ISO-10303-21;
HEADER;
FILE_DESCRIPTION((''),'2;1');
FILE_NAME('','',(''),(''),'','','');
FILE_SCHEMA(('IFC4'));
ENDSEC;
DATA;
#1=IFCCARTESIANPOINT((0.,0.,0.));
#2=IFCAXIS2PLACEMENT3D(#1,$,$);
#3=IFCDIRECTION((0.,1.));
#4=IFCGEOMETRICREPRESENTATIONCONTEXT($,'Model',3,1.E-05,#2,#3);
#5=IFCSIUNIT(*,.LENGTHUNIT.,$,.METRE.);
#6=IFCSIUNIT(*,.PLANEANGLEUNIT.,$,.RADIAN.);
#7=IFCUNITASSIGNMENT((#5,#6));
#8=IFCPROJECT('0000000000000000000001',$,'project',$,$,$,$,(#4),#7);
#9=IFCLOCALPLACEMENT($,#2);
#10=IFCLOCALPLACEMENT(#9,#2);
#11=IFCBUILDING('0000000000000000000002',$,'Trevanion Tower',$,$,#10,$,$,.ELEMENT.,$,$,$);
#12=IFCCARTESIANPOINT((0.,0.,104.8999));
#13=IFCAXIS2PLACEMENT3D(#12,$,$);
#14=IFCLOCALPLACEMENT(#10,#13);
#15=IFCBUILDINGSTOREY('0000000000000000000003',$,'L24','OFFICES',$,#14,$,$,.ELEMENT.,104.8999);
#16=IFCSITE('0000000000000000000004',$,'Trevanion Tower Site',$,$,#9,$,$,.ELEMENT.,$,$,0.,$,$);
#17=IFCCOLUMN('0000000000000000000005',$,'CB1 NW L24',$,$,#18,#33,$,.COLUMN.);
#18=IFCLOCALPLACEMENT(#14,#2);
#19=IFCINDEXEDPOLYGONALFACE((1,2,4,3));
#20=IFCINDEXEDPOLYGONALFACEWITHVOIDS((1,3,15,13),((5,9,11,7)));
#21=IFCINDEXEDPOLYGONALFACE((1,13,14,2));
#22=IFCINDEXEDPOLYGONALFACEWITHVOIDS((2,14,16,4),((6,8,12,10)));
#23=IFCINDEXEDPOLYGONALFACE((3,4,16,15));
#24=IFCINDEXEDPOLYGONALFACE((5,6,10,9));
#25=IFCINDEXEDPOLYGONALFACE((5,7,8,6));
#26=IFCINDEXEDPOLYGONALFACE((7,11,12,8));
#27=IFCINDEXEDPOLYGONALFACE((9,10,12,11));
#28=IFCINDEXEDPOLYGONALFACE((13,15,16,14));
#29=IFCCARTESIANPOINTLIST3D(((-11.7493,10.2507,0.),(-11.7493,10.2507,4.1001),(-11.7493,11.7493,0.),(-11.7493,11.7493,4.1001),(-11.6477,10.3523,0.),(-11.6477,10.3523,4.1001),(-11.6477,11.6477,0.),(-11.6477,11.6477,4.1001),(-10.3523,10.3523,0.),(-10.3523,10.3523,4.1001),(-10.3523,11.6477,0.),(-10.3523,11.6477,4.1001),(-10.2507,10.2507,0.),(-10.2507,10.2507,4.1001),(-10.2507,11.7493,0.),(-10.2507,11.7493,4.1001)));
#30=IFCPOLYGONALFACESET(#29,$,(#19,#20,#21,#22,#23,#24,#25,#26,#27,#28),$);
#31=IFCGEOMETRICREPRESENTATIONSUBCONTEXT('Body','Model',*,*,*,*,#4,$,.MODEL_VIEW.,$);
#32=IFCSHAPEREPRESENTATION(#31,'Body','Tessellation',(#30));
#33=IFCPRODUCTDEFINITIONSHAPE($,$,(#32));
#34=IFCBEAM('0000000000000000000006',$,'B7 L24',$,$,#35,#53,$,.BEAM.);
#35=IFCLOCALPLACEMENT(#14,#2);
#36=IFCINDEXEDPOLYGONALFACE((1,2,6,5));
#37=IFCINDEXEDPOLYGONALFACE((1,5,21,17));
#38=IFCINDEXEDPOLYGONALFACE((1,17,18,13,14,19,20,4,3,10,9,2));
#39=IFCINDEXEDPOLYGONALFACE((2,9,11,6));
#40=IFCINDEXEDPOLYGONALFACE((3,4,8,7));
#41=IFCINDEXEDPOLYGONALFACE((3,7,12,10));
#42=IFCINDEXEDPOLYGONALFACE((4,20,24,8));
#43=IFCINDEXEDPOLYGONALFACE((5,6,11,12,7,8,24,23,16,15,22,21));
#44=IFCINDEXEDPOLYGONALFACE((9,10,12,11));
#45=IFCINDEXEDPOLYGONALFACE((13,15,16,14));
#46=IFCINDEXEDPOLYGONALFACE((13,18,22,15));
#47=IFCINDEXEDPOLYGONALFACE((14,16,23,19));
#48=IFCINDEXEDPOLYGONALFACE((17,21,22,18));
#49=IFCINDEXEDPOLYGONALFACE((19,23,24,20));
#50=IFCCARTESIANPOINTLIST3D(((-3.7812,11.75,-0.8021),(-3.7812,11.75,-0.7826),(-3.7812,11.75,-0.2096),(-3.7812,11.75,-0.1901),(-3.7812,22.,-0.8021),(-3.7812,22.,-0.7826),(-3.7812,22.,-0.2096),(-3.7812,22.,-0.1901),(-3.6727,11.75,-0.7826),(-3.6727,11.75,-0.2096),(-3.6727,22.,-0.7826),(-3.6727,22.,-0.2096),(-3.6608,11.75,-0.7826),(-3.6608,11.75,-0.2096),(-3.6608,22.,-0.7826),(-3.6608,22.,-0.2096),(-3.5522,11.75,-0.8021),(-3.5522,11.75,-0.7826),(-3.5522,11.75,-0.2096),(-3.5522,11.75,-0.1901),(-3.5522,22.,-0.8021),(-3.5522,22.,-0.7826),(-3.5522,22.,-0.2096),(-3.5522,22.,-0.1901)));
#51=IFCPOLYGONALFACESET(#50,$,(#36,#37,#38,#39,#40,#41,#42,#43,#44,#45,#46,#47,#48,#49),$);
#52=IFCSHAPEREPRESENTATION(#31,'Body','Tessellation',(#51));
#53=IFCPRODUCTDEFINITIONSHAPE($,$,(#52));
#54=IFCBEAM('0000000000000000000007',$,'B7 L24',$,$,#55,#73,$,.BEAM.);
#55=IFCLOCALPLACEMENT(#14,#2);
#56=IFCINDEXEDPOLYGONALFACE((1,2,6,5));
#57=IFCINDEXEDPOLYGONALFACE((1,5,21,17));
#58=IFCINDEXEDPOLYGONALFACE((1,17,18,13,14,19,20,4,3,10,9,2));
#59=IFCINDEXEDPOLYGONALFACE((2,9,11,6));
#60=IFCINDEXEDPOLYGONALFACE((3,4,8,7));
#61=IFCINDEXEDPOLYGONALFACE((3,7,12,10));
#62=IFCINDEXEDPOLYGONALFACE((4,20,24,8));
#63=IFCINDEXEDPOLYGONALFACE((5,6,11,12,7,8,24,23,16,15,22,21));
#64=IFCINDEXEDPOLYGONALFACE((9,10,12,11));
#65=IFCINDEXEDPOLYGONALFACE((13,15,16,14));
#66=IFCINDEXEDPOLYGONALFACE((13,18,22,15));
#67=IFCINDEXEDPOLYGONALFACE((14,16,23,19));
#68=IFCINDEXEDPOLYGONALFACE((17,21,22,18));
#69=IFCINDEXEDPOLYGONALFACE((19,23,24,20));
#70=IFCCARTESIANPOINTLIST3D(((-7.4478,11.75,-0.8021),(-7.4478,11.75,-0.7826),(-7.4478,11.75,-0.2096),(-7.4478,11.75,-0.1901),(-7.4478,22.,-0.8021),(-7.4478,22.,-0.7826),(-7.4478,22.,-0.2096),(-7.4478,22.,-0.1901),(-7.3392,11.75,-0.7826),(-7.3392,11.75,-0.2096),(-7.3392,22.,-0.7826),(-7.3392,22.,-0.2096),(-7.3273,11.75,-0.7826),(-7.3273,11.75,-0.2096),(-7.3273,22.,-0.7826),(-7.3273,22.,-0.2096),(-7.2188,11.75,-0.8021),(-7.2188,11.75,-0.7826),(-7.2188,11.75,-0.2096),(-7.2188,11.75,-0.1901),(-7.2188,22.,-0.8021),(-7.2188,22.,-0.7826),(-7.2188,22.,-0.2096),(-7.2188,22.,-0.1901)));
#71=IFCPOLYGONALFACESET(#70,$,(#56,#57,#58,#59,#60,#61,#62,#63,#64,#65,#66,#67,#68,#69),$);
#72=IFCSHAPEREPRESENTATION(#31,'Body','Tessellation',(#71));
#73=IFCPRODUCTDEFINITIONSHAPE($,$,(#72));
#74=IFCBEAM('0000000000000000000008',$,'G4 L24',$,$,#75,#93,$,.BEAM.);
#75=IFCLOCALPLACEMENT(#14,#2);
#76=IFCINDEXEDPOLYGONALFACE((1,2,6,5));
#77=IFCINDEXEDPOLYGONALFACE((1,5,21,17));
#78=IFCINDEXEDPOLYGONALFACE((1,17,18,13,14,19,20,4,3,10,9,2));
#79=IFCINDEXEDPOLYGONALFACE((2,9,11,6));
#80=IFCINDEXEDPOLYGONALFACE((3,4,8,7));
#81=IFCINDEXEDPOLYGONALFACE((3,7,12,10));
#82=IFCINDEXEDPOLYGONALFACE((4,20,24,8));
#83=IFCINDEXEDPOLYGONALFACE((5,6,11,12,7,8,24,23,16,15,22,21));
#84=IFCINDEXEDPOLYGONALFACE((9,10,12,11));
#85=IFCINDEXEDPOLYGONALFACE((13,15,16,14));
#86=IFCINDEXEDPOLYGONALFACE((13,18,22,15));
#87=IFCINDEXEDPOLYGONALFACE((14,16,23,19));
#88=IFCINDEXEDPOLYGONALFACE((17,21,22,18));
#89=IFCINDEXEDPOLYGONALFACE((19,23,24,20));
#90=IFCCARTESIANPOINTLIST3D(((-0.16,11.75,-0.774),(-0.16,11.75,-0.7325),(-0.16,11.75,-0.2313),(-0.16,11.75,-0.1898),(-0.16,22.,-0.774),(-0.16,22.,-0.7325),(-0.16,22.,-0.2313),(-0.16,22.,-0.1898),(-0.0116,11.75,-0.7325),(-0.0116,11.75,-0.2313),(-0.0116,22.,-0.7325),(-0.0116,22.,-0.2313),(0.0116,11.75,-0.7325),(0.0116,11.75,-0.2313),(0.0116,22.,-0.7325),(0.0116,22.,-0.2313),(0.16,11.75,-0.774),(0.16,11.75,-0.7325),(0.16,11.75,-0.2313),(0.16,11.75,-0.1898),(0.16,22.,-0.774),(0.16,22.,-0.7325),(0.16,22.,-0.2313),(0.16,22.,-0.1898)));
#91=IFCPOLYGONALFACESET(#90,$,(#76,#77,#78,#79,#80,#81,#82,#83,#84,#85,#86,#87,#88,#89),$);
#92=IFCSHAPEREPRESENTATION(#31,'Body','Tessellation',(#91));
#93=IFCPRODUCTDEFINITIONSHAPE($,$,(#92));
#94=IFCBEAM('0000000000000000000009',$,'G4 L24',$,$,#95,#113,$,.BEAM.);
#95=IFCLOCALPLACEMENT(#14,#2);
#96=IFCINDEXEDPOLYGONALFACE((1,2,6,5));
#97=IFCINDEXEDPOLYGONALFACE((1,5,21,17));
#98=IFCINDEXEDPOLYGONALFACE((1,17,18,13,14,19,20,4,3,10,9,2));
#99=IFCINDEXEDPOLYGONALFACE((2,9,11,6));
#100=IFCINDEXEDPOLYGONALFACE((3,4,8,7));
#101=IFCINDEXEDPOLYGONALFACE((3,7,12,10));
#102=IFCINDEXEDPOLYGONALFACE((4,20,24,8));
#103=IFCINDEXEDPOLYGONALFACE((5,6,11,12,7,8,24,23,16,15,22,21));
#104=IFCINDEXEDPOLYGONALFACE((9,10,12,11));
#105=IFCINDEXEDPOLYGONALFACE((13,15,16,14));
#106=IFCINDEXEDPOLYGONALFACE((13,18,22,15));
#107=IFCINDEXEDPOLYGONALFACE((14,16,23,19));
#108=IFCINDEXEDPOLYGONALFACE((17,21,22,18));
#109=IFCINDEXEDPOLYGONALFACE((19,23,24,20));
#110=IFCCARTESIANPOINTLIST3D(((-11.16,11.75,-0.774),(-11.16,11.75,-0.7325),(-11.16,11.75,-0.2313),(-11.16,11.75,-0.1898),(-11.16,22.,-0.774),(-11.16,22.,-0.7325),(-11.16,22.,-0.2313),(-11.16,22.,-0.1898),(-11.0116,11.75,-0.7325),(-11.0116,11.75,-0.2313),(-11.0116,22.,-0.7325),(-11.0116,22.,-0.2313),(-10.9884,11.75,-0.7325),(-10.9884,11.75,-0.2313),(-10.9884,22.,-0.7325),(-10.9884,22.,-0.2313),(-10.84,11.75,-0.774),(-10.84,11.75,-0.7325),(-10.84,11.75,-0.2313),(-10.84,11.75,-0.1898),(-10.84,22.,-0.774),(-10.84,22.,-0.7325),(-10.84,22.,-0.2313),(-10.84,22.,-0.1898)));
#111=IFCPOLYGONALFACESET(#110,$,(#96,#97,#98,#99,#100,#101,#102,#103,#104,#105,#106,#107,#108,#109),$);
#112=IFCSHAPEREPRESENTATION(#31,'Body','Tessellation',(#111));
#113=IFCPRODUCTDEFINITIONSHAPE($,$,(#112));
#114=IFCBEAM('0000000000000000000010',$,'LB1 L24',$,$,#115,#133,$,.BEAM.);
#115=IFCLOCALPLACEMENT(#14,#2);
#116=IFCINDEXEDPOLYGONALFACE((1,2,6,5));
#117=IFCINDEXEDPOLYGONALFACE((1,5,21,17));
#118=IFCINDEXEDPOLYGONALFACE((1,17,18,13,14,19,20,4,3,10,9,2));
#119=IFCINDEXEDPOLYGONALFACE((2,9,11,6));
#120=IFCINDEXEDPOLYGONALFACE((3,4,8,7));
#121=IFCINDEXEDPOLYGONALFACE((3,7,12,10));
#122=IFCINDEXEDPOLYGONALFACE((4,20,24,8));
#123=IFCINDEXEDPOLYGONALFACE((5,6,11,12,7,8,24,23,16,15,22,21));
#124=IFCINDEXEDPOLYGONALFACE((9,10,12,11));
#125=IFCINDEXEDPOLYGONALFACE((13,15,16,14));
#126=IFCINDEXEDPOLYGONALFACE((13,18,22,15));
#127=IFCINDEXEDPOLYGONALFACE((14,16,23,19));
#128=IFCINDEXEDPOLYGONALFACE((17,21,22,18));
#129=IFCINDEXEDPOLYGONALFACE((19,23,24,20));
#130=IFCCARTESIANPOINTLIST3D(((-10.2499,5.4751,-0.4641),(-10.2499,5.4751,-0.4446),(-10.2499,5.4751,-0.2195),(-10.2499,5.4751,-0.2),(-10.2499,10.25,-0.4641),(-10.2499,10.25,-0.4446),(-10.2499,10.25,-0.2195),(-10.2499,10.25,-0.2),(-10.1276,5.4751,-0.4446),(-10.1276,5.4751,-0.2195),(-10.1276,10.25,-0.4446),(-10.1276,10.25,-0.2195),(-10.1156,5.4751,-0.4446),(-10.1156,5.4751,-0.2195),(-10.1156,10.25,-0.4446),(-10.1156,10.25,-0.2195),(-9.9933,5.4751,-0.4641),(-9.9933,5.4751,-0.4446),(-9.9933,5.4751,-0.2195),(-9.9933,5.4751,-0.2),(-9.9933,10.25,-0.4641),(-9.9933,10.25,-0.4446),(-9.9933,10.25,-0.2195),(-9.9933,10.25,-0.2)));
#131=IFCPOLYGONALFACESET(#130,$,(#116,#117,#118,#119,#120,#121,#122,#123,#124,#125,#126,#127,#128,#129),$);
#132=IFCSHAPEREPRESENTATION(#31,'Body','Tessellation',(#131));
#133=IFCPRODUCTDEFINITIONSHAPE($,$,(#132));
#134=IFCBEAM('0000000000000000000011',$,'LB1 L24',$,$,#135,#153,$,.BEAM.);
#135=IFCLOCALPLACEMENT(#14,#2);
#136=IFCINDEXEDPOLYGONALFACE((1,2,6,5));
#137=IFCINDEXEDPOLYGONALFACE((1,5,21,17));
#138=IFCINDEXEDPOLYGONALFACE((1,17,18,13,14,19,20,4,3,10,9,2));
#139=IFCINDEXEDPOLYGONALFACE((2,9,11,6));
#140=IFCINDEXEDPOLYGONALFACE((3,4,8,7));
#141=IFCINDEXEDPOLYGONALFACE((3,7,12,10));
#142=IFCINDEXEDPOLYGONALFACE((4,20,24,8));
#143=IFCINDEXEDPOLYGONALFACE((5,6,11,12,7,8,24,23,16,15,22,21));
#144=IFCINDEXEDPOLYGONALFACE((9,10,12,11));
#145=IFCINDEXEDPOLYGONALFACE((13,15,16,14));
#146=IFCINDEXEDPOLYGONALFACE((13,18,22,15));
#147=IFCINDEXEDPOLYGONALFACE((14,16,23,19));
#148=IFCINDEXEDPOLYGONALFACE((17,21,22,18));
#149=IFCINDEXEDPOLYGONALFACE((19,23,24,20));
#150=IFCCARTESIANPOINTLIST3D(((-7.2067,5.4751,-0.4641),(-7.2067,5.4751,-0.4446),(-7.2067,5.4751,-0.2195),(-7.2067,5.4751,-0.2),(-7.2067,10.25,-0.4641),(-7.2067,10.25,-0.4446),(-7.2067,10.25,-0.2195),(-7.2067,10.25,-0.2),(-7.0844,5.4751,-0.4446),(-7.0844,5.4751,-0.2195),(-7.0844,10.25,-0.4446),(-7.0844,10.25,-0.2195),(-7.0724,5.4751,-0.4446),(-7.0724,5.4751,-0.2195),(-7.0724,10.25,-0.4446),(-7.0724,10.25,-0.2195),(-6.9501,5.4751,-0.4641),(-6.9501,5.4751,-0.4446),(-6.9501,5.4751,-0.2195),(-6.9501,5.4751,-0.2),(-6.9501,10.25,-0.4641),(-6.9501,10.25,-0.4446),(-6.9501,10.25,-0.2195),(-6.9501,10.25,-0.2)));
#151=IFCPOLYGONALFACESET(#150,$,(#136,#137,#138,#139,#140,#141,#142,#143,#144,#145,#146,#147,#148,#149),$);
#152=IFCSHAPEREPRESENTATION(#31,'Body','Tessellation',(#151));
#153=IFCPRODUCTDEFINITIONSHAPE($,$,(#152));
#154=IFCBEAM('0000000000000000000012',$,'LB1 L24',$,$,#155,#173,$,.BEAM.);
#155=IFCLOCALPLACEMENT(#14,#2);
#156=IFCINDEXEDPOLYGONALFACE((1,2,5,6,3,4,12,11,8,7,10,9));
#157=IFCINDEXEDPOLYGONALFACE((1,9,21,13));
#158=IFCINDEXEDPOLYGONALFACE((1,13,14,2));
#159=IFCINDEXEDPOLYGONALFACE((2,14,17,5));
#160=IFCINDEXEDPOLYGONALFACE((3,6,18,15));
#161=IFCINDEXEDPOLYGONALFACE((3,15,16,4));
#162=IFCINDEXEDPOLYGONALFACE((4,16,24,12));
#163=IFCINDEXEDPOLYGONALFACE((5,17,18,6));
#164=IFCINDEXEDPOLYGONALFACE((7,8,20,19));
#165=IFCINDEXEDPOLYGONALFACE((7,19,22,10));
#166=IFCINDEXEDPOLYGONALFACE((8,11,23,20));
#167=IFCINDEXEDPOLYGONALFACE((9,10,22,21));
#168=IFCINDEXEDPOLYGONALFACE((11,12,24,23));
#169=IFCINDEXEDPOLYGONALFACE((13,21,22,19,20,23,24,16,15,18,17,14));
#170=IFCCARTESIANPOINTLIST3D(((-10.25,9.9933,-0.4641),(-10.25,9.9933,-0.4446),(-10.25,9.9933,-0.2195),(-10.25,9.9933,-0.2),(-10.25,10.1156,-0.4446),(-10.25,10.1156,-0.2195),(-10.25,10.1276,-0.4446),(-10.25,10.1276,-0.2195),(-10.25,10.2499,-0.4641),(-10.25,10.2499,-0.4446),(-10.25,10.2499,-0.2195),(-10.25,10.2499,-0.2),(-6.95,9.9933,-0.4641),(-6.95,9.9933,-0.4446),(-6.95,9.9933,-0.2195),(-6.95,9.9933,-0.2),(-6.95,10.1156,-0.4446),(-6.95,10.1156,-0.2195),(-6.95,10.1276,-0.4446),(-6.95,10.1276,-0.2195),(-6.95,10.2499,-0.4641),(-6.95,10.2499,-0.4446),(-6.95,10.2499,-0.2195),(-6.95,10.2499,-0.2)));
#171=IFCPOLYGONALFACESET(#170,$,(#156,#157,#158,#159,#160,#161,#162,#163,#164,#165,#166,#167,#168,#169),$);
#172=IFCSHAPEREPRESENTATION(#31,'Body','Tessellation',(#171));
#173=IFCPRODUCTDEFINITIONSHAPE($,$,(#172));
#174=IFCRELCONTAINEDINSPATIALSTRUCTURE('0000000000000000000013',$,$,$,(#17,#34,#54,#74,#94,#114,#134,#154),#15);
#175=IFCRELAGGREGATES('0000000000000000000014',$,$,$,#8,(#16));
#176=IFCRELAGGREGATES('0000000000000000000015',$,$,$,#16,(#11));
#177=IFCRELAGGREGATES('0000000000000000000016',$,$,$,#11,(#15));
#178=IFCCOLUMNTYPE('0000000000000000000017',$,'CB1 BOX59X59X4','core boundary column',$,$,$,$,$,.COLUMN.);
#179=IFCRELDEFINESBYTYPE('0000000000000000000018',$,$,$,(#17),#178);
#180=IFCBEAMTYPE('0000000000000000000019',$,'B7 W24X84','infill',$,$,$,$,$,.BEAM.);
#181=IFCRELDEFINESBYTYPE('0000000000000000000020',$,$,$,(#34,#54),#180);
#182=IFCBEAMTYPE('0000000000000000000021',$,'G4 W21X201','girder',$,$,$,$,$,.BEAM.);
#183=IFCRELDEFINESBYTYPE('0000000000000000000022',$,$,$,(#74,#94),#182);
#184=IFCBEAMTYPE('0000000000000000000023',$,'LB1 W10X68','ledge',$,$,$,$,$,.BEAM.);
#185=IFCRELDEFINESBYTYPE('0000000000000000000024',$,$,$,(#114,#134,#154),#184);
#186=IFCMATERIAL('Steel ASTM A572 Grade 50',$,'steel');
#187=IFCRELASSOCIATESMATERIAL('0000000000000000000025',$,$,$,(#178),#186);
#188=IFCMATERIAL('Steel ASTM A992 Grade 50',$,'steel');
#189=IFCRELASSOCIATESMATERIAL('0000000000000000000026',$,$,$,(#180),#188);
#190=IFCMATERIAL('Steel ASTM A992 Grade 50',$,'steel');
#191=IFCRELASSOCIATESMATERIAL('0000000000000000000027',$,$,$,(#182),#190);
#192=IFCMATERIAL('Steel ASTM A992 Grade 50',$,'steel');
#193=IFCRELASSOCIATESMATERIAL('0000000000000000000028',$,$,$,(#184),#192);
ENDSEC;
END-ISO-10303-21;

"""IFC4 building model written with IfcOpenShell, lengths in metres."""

from ifc_helpers import new_model, si_unit, direction, frame, origin, origin_2d, place, context, subcontext, project, spatial, hollow_rectangle, i_section, extrude, material, material_profile, profile_set, type_object, element, save


model = new_model("IFC4")

# Units and contexts
model_context = context("Model", 3, precision=1e-05, world=origin(), true_north=direction((0.0, 1.0)))
body_context = subcontext(model_context, "Body", "Model", "MODEL_VIEW")
ifc_project = project(units=[si_unit("LENGTHUNIT", "METRE"), si_unit("PLANEANGLEUNIT", "RADIAN")], contexts=[model_context])

# Site, building, storey
site_placement = place(None, origin())
site = spatial("IfcSite", under=ifc_project, at=site_placement, Name="Trevanion Tower Site", CompositionType="ELEMENT", RefElevation=0.0)
building_placement = place(site_placement, origin())
building = spatial("IfcBuilding", under=site, at=building_placement, Name="Trevanion Tower", CompositionType="ELEMENT")
storey_placement = place(building_placement, frame((0.0, 0.0, 104.8999)))
storey = spatial("IfcBuildingStorey", under=building, at=storey_placement, Name="L24", Description="OFFICES", CompositionType="ELEMENT", Elevation=104.8999)

# Column
ifc_material_1 = material(Name="Steel ASTM A572 Grade 50", Category="steel")
ifc_material_profile_1 = material_profile(ifc_material_1, hollow_rectangle(XDim=1.4985, YDim=1.4985, WallThickness=0.1016, at=origin_2d()), Name="BOX59X59X4")
ifc_profile_set_1 = profile_set([ifc_material_profile_1], Name="Steel ASTM A572 Grade 50")
column_type = type_object("IfcColumnType", Name="CB1 BOX59X59X4", Description="core boundary column", PredefinedType="COLUMN", material=ifc_profile_set_1)
column_placement = place(storey_placement, frame((-11.0, 11.0, 0.0), z_axis=(0.0, 0.0, 1.0), x_axis=(1.0, 0.0, 0.0)))
element("IfcColumn", 1, at=column_placement, inside=storey, type_object=column_type, Name="CB1 NW L24", PredefinedType="COLUMN", context=body_context, shape_type="SweptSolid", body=[
    extrude(hollow_rectangle(XDim=1.4985, YDim=1.4985, WallThickness=0.1016, at=origin_2d()), origin(), (0.0, 0.0, 1.0), 4.1001),
])

# Beams
ifc_material_2 = material(Name="Steel ASTM A992 Grade 50", Category="steel")
ifc_material_profile_2 = material_profile(ifc_material_2, i_section(OverallWidth=0.229, OverallDepth=0.6121, WebThickness=0.012, FlangeThickness=0.0195, at=origin_2d()), Name="W24X84")
ifc_profile_set_2 = profile_set([ifc_material_profile_2], Name="Steel ASTM A992 Grade 50")
beam_type_1 = type_object("IfcBeamType", Name="B7 W24X84", Description="infill", PredefinedType="BEAM", material=ifc_profile_set_2)
for number, where, z_axis, x_axis, name in (
    (2, (-3.6667, 11.75, -0.4961), (0.0, 1.0, 0.0), (-1.0, 0.0, 0.0), "B7 L24"),
    (3, (-7.3333, 11.75, -0.4961), (0.0, 1.0, 0.0), (-1.0, 0.0, 0.0), "B7 L24"),
):
    element("IfcBeam", number, at=place(storey_placement, frame(where, z_axis=z_axis, x_axis=x_axis)), inside=storey, type_object=beam_type_1, Name=name, PredefinedType="BEAM", context=body_context, shape_type="SweptSolid", body=[
        extrude(i_section(OverallWidth=0.229, OverallDepth=0.6121, WebThickness=0.012, FlangeThickness=0.0195, at=origin_2d()), origin(), (0.0, 0.0, 1.0), 10.25),
    ])
ifc_material_3 = material(Name="Steel ASTM A992 Grade 50", Category="steel")
ifc_material_profile_3 = material_profile(ifc_material_3, i_section(OverallWidth=0.3201, OverallDepth=0.5842, WebThickness=0.0232, FlangeThickness=0.0415, at=origin_2d()), Name="W21X201")
ifc_profile_set_3 = profile_set([ifc_material_profile_3], Name="Steel ASTM A992 Grade 50")
beam_type_2 = type_object("IfcBeamType", Name="G4 W21X201", Description="girder", PredefinedType="BEAM", material=ifc_profile_set_3)
for number, where, z_axis, x_axis, name in (
    (4, (0.0, 11.75, -0.4819), (0.0, 1.0, 0.0), (-1.0, 0.0, 0.0), "G4 L24"),
    (5, (-11.0, 11.75, -0.4819), (0.0, 1.0, 0.0), (-1.0, 0.0, 0.0), "G4 L24"),
):
    element("IfcBeam", number, at=place(storey_placement, frame(where, z_axis=z_axis, x_axis=x_axis)), inside=storey, type_object=beam_type_2, Name=name, PredefinedType="BEAM", context=body_context, shape_type="SweptSolid", body=[
        extrude(i_section(OverallWidth=0.3201, OverallDepth=0.5842, WebThickness=0.0232, FlangeThickness=0.0415, at=origin_2d()), origin(), (0.0, 0.0, 1.0), 10.25),
    ])
ifc_material_4 = material(Name="Steel ASTM A992 Grade 50", Category="steel")
ifc_material_profile_4 = material_profile(ifc_material_4, i_section(OverallWidth=0.2566, OverallDepth=0.2642, WebThickness=0.012, FlangeThickness=0.0195, at=origin_2d()), Name="W10X68")
ifc_profile_set_4 = profile_set([ifc_material_profile_4], Name="Steel ASTM A992 Grade 50")
beam_type_3 = type_object("IfcBeamType", Name="LB1 W10X68", Description="ledge", PredefinedType="BEAM", material=ifc_profile_set_4)
for number, where, z_axis, x_axis, name in (
    (6, (-10.1216, 5.4751, -0.332), (0.0, 1.0, 0.0), (-1.0, 0.0, 0.0), "LB1 L24"),
    (7, (-7.0784, 5.4751, -0.332), (0.0, 1.0, 0.0), (-1.0, 0.0, 0.0), "LB1 L24"),
):
    element("IfcBeam", number, at=place(storey_placement, frame(where, z_axis=z_axis, x_axis=x_axis)), inside=storey, type_object=beam_type_3, Name=name, PredefinedType="BEAM", context=body_context, shape_type="SweptSolid", body=[
        extrude(i_section(OverallWidth=0.2566, OverallDepth=0.2642, WebThickness=0.012, FlangeThickness=0.0195, at=origin_2d()), origin(), (0.0, 0.0, 1.0), 4.7749),
    ])
beam_1_placement = place(storey_placement, frame((-10.25, 10.1216, -0.332), z_axis=(1.0, 0.0, 0.0), x_axis=(0.0, 1.0, 0.0)))
element("IfcBeam", 8, at=beam_1_placement, inside=storey, type_object=beam_type_3, Name="LB1 L24", PredefinedType="BEAM", context=body_context, shape_type="SweptSolid", body=[
    extrude(i_section(OverallWidth=0.2566, OverallDepth=0.2642, WebThickness=0.012, FlangeThickness=0.0195, at=origin_2d()), origin(), (0.0, 0.0, 1.0), 3.3),
])

save(model, "model.ifc")
